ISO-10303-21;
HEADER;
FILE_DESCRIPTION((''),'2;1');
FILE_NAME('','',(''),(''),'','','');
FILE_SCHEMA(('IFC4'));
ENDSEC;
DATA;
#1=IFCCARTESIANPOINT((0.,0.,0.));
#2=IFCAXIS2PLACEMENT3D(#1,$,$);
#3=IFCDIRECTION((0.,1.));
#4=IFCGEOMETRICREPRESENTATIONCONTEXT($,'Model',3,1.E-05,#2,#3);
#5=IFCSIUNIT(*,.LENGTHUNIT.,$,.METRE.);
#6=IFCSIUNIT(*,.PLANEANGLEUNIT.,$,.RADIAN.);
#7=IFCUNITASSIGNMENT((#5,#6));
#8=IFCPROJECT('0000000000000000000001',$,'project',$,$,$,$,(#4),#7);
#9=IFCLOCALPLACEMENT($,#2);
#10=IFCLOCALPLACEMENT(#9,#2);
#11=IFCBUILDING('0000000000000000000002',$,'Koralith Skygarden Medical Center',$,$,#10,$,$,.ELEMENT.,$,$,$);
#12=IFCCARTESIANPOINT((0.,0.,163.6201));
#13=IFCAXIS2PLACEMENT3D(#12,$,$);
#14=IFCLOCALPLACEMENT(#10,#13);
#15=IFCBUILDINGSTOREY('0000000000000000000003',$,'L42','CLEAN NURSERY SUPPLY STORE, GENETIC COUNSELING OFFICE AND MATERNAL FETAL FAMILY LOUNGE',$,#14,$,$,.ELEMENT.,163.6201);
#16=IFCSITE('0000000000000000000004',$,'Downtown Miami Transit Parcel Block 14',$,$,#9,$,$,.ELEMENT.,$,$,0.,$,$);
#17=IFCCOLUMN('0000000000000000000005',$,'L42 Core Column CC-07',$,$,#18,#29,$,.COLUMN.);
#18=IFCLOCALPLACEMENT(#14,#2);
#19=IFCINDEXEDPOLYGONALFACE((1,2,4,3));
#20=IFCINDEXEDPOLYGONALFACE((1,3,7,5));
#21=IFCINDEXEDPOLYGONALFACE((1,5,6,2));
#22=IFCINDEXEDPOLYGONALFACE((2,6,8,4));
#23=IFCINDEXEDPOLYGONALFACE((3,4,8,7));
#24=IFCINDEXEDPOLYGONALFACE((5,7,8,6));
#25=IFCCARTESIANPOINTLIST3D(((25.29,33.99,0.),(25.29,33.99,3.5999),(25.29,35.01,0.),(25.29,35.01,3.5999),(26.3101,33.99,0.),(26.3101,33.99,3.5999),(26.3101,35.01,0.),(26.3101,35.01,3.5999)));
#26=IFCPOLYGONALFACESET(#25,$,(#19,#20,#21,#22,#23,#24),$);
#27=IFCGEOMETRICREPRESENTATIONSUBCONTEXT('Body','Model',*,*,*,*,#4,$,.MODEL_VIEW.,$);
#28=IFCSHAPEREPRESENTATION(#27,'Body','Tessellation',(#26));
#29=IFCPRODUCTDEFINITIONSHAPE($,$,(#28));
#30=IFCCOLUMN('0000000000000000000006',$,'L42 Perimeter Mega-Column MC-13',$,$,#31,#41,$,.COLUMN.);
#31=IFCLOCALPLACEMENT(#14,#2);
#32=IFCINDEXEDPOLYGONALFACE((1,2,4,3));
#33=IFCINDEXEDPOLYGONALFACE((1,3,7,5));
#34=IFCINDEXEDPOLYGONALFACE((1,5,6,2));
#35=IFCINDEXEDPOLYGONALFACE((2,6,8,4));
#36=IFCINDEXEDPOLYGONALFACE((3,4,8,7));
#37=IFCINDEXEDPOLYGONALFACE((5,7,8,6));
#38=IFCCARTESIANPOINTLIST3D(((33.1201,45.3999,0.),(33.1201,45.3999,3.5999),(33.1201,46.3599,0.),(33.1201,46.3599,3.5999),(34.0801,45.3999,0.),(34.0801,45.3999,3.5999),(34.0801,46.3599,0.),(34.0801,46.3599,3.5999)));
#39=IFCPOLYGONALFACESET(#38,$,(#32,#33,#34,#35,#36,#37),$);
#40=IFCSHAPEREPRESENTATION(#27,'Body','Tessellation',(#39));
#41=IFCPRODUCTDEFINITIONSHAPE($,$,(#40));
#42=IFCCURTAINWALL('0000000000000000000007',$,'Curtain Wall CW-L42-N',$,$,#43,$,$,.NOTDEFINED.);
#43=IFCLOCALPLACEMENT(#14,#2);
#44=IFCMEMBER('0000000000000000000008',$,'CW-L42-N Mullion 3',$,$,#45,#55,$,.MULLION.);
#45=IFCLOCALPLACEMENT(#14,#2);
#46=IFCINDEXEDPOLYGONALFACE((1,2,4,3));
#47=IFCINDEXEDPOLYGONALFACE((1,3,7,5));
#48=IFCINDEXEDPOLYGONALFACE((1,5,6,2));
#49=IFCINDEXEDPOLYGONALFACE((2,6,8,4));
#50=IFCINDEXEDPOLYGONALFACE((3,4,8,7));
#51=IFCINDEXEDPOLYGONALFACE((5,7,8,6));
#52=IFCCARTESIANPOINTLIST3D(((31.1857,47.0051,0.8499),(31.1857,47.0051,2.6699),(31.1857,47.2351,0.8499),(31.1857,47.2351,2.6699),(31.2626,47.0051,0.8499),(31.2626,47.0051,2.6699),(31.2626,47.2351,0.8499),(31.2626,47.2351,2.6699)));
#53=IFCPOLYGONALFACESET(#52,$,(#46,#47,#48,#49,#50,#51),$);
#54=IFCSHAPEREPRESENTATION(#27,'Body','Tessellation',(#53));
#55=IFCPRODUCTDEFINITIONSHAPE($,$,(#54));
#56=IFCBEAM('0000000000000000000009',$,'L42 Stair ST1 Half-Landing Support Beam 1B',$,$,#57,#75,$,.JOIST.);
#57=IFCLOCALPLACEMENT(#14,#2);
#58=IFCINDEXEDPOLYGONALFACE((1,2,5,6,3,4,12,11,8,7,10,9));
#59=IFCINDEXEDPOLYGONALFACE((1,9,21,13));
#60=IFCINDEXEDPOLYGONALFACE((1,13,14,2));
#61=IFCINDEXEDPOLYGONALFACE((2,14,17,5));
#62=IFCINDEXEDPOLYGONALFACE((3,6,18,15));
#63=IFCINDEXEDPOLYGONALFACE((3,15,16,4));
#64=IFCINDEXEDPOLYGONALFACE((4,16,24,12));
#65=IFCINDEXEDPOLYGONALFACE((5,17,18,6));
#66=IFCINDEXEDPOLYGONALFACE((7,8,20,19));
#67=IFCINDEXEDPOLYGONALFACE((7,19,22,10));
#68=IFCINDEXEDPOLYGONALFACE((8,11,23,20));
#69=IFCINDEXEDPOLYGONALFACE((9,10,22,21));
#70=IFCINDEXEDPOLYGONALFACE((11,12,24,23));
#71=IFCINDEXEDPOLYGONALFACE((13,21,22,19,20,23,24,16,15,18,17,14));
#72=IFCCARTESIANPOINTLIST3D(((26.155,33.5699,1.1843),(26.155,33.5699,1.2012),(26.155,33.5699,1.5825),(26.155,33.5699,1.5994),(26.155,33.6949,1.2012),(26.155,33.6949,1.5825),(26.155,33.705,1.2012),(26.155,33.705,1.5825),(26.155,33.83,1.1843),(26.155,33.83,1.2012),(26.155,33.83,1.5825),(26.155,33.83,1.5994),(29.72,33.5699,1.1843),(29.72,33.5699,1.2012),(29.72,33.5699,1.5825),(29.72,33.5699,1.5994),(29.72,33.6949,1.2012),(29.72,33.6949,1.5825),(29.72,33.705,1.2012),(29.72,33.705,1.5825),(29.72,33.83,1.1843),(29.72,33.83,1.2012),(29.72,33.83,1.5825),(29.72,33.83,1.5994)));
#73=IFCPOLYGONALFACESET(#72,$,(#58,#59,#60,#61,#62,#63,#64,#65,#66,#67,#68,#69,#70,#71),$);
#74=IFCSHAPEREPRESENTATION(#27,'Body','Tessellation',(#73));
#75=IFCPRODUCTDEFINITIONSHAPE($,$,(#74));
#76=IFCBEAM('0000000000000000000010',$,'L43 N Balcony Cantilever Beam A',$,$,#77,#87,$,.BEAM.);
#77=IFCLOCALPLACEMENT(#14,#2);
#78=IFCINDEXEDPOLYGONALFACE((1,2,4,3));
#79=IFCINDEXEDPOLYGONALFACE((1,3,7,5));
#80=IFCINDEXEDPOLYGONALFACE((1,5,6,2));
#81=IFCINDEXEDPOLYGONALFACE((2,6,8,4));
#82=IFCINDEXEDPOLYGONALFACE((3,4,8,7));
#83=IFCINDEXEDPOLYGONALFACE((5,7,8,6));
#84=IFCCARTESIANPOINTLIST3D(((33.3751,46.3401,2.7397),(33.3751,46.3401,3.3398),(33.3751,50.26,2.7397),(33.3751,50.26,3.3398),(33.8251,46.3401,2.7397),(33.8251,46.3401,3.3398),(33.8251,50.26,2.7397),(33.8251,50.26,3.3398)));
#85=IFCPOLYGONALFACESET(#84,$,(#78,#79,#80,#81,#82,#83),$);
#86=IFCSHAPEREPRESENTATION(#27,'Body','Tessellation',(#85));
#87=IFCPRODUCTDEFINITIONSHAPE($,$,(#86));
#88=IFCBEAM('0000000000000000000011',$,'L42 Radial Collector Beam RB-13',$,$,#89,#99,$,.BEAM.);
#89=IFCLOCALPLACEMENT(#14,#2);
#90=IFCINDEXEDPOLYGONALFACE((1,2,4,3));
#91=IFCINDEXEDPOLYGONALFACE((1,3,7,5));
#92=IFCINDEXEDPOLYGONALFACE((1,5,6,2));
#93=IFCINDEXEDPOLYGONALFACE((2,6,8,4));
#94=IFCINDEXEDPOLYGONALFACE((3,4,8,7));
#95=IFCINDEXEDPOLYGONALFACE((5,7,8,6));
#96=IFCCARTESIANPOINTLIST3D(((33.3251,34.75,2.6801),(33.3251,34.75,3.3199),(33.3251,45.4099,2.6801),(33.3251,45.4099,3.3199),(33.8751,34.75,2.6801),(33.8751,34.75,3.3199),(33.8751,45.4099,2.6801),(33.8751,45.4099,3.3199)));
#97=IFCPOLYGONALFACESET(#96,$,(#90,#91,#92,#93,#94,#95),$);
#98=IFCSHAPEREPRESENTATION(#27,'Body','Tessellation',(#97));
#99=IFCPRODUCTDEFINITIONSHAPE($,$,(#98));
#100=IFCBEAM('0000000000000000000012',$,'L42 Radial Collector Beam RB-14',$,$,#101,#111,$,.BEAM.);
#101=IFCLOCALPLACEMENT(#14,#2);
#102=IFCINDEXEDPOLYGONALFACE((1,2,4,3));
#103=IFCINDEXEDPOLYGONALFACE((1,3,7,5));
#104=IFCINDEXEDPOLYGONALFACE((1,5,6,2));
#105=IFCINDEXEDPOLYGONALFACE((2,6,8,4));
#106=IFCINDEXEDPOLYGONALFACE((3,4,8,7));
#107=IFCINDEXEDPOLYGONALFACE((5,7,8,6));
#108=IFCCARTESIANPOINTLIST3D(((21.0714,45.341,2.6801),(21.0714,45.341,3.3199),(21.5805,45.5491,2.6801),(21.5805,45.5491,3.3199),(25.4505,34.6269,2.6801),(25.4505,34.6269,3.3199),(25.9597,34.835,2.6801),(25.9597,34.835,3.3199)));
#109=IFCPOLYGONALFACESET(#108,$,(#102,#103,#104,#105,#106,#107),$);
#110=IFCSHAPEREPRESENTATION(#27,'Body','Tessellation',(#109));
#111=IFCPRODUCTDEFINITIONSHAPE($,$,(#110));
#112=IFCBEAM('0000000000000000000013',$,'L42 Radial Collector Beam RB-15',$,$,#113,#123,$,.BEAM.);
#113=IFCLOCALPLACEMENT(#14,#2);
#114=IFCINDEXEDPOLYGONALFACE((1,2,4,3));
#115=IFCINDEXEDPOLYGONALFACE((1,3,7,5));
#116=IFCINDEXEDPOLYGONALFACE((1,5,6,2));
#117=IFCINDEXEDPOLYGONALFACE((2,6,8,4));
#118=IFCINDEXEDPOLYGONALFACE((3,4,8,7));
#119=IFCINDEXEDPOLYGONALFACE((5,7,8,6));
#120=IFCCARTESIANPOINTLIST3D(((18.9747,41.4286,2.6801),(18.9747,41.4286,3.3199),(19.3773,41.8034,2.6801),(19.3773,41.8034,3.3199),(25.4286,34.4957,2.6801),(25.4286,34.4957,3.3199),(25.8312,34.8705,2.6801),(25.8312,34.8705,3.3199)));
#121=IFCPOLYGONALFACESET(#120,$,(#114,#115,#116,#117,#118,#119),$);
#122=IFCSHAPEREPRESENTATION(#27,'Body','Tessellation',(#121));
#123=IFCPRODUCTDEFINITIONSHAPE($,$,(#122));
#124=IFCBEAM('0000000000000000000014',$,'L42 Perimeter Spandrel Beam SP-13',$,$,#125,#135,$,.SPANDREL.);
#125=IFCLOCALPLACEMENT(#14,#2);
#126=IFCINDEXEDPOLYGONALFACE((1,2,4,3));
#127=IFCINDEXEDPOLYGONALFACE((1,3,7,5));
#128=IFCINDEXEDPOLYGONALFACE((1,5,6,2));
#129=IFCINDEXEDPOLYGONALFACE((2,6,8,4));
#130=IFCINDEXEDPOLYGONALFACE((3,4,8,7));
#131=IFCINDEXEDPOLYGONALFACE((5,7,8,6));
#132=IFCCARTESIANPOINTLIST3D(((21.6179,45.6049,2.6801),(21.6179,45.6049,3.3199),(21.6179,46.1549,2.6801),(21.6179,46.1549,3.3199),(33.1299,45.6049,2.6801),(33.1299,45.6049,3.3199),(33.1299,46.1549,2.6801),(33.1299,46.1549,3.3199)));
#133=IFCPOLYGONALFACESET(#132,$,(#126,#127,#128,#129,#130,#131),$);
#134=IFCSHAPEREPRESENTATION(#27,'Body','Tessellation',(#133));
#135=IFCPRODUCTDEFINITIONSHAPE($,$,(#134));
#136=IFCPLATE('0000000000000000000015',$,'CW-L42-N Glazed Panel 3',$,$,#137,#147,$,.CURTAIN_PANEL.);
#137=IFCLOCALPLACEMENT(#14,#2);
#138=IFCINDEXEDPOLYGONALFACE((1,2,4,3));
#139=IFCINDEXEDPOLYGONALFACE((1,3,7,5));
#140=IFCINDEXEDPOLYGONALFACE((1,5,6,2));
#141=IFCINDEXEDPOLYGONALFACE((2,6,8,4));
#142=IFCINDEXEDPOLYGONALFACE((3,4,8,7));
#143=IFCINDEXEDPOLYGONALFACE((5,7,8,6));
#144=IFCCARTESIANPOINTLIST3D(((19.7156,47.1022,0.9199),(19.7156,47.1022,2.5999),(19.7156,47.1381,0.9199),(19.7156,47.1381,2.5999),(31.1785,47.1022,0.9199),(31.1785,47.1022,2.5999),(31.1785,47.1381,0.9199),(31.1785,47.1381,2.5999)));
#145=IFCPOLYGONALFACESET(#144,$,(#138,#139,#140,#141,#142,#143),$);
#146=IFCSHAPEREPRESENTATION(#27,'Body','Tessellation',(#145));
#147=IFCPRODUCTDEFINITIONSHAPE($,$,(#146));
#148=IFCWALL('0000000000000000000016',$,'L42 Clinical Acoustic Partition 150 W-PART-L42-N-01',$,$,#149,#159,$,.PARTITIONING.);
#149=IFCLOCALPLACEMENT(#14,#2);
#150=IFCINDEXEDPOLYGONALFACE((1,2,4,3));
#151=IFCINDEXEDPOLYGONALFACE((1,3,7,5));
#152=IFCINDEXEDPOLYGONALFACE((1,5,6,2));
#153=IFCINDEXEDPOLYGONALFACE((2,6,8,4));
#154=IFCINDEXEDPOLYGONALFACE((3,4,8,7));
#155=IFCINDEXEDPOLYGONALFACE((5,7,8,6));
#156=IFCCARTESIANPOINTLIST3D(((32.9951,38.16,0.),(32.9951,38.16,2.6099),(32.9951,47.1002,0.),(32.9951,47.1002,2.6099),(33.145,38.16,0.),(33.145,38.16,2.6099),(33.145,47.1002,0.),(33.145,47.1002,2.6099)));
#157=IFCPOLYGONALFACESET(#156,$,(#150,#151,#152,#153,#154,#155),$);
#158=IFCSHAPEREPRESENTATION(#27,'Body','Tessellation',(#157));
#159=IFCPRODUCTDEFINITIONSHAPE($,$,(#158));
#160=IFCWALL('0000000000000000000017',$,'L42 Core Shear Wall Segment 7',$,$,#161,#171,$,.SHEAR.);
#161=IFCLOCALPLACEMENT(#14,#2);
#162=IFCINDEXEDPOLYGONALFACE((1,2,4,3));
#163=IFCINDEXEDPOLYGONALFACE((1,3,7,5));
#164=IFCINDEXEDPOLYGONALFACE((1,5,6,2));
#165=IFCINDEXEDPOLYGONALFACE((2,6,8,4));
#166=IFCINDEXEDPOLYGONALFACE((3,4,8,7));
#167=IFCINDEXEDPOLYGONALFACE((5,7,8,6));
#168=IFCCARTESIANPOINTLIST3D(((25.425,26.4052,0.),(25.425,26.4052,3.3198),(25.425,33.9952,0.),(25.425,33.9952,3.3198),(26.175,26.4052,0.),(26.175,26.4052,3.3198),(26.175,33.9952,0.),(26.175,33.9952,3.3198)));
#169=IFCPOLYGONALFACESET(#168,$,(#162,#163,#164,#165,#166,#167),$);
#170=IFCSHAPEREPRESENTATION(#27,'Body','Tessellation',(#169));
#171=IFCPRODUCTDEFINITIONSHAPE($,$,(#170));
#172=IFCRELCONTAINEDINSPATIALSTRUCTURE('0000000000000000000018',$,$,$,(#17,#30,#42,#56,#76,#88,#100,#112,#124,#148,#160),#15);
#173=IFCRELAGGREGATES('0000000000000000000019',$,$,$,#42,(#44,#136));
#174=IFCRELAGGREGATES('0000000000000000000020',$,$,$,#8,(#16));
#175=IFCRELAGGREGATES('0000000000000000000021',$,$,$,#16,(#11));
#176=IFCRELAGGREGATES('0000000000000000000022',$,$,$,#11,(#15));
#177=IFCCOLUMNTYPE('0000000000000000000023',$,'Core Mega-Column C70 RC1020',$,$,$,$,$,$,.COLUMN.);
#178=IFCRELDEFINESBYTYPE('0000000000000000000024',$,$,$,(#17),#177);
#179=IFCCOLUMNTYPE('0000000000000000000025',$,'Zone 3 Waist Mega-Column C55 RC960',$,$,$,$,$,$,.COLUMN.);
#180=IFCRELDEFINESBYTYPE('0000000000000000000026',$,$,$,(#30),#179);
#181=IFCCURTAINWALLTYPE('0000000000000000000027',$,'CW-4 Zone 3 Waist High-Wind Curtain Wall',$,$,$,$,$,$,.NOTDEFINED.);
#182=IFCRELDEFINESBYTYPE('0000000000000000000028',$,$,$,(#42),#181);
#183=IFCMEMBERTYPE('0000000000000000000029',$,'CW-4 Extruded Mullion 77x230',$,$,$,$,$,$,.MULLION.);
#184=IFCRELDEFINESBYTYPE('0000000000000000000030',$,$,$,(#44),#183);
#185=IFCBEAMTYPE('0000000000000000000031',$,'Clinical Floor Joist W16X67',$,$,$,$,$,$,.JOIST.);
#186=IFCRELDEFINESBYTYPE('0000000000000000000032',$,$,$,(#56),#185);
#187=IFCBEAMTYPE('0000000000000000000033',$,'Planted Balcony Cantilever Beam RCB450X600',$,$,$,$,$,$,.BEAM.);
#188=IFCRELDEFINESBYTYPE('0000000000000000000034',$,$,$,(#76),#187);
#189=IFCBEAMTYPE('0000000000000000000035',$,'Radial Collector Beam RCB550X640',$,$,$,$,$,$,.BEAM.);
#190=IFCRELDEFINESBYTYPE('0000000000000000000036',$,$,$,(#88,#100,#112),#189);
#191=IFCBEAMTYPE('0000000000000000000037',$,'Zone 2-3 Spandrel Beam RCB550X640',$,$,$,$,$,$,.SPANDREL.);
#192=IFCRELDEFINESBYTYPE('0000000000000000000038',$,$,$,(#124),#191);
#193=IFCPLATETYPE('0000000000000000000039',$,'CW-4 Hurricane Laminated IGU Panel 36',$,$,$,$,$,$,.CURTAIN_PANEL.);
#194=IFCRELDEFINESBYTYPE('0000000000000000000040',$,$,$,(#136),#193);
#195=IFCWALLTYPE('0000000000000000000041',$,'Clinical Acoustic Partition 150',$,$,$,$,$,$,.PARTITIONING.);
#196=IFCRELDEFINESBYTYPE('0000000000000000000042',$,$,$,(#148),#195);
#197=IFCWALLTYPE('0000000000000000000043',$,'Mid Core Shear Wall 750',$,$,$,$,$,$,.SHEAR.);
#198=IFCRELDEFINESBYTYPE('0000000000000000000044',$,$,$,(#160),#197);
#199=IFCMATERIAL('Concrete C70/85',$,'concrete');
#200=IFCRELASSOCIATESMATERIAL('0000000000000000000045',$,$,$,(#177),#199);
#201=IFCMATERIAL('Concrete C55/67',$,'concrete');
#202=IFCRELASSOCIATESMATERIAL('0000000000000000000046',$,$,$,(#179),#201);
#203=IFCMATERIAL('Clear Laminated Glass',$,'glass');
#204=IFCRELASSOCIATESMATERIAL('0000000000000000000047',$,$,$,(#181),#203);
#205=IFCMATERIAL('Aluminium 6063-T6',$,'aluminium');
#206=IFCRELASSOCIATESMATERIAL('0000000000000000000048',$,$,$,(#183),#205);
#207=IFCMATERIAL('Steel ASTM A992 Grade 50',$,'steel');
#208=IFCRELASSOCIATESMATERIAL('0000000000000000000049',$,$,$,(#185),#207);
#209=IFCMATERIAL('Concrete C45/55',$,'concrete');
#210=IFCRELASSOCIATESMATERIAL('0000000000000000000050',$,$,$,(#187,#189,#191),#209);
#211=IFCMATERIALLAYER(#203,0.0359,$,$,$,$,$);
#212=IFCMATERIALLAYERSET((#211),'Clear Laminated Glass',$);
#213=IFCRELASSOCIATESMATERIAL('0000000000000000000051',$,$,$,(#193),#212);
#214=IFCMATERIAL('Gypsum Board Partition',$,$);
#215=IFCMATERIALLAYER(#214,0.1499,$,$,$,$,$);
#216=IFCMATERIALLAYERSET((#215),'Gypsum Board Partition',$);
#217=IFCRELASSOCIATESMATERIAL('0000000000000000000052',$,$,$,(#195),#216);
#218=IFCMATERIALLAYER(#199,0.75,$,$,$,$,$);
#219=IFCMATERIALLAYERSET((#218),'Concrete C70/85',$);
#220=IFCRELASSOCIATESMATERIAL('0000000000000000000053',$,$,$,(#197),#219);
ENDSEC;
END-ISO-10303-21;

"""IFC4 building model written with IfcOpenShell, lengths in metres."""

from ifc_helpers import new_model, si_unit, direction, frame, frame_2d, origin, origin_2d, place, context, subcontext, project, spatial, rectangle, i_section, extrude, material, layer, layer_set, material_profile, profile_set, type_object, element, aggregate, save


model = new_model("IFC4")

# Units and contexts
model_context = context("Model", 3, precision=1e-05, world=origin(), true_north=direction((0.0, 1.0)))
body_context = subcontext(model_context, "Body", "Model", "MODEL_VIEW")
ifc_project = project(units=[si_unit("LENGTHUNIT", "METRE"), si_unit("PLANEANGLEUNIT", "RADIAN")], contexts=[model_context])

# Site, building, storey
site_placement = place(None, origin())
site = spatial("IfcSite", under=ifc_project, at=site_placement, Name="Downtown Miami Transit Parcel Block 14", CompositionType="ELEMENT", RefElevation=0.0)
building_placement = place(site_placement, origin())
building = spatial("IfcBuilding", under=site, at=building_placement, Name="Koralith Skygarden Medical Center", CompositionType="ELEMENT")
storey_placement = place(building_placement, frame((0.0, 0.0, 163.6201)))
storey = spatial("IfcBuildingStorey", under=building, at=storey_placement, Name="L42", Description="CLEAN NURSERY SUPPLY STORE, GENETIC COUNSELING OFFICE AND MATERNAL FETAL FAMILY LOUNGE", CompositionType="ELEMENT", Elevation=163.6201)

# Columns
ifc_material_1 = material(Name="Concrete C70/85", Category="concrete")
ifc_material_profile_1 = material_profile(ifc_material_1, rectangle(XDim=1.02, YDim=1.02, at=origin_2d()), Name="RC1020X1020")
ifc_profile_set_1 = profile_set([ifc_material_profile_1], Name="Concrete C70/85")
column_type_1 = type_object("IfcColumnType", Name="Core Mega-Column C70 RC1020", PredefinedType="COLUMN", material=ifc_profile_set_1)
column_1_placement = place(storey_placement, frame((25.8, 34.5, 0.0), z_axis=(0.0, 0.0, 1.0), x_axis=(1.0, 0.0, 0.0)))
element("IfcColumn", 1, at=column_1_placement, inside=storey, type_object=column_type_1, Name="L42 Core Column CC-07", PredefinedType="COLUMN", context=body_context, shape_type="SweptSolid", body=[
    extrude(rectangle(XDim=1.02, YDim=1.02, at=origin_2d()), origin(), (0.0, 0.0, 1.0), 3.5999),
])
ifc_material_2 = material(Name="Concrete C55/67", Category="concrete")
ifc_material_profile_2 = material_profile(ifc_material_2, rectangle(XDim=0.96, YDim=0.96, at=origin_2d()), Name="RC960X960")
ifc_profile_set_2 = profile_set([ifc_material_profile_2], Name="Concrete C55/67")
column_type_2 = type_object("IfcColumnType", Name="Zone 3 Waist Mega-Column C55 RC960", PredefinedType="COLUMN", material=ifc_profile_set_2)
column_2_placement = place(storey_placement, frame((33.6001, 45.8799, 0.0), z_axis=(0.0, 0.0, 1.0), x_axis=(1.0, 0.0, 0.0)))
element("IfcColumn", 2, at=column_2_placement, inside=storey, type_object=column_type_2, Name="L42 Perimeter Mega-Column MC-13", PredefinedType="COLUMN", context=body_context, shape_type="SweptSolid", body=[
    extrude(rectangle(XDim=0.96, YDim=0.96, at=origin_2d()), origin(), (0.0, 0.0, 1.0), 3.5999),
])

# Curtain wall, member
ifc_material_3 = material(Name="Clear Laminated Glass", Category="glass")
curtain_wall_type = type_object("IfcCurtainWallType", Name="CW-4 Zone 3 Waist High-Wind Curtain Wall", PredefinedType="NOTDEFINED", material=ifc_material_3)
curtain_wall_placement = place(storey_placement, origin())
curtain_wall = element("IfcCurtainWall", 3, at=curtain_wall_placement, inside=storey, type_object=curtain_wall_type, Name="Curtain Wall CW-L42-N", PredefinedType="NOTDEFINED")
ifc_material_4 = material(Name="Aluminium 6063-T6", Category="aluminium")
ifc_material_profile_3 = material_profile(ifc_material_4, rectangle(XDim=0.0769, YDim=0.23, at=origin_2d()), Name="MUL77X230")
ifc_profile_set_3 = profile_set([ifc_material_profile_3], Name="Aluminium 6063-T6")
member_type = type_object("IfcMemberType", Name="CW-4 Extruded Mullion 77x230", PredefinedType="MULLION", material=ifc_profile_set_3)
member_placement = place(storey_placement, frame((31.2241, 47.1201, 0.8499), z_axis=(0.0, 0.0, 1.0), x_axis=(1.0, 0.0, 0.0)))
member = element("IfcMember", 4, at=member_placement, type_object=member_type, Name="CW-L42-N Mullion 3", PredefinedType="MULLION", context=body_context, shape_type="SweptSolid", body=[
    extrude(rectangle(XDim=0.0769, YDim=0.23, at=origin_2d()), origin(), (0.0, 0.0, 1.0), 1.8201),
])

# Beams
ifc_material_5 = material(Name="Steel ASTM A992 Grade 50", Category="steel")
ifc_material_profile_4 = material_profile(ifc_material_5, i_section(OverallWidth=0.26, OverallDepth=0.415, WebThickness=0.01, FlangeThickness=0.0168, at=origin_2d()), Name="W16X67")
ifc_profile_set_4 = profile_set([ifc_material_profile_4], Name="Steel ASTM A992 Grade 50")
beam_type_1 = type_object("IfcBeamType", Name="Clinical Floor Joist W16X67", PredefinedType="JOIST", material=ifc_profile_set_4)
beam_1_placement = place(storey_placement, frame((26.155, 33.7, 1.3918), z_axis=(1.0, 0.0, 0.0), x_axis=(0.0, 1.0, 0.0)))
element("IfcBeam", 5, at=beam_1_placement, inside=storey, type_object=beam_type_1, Name="L42 Stair ST1 Half-Landing Support Beam 1B", PredefinedType="JOIST", context=body_context, shape_type="SweptSolid", body=[
    extrude(i_section(OverallWidth=0.26, OverallDepth=0.415, WebThickness=0.01, FlangeThickness=0.0168, at=origin_2d()), origin(), (0.0, 0.0, 1.0), 3.5649),
])
ifc_material_6 = material(Name="Concrete C45/55", Category="concrete")
ifc_material_profile_5 = material_profile(ifc_material_6, rectangle(XDim=0.45, YDim=0.6001, at=origin_2d()), Name="RCB450X600")
ifc_profile_set_5 = profile_set([ifc_material_profile_5], Name="Concrete C45/55")
beam_type_2 = type_object("IfcBeamType", Name="Planted Balcony Cantilever Beam RCB450X600", PredefinedType="BEAM", material=ifc_profile_set_5)
beam_2_placement = place(storey_placement, frame((33.6001, 46.3401, 3.0398), z_axis=(0.0, 1.0, 0.0), x_axis=(-1.0, 0.0, 0.0)))
element("IfcBeam", 6, at=beam_2_placement, inside=storey, type_object=beam_type_2, Name="L43 N Balcony Cantilever Beam A", PredefinedType="BEAM", context=body_context, shape_type="SweptSolid", body=[
    extrude(rectangle(XDim=0.45, YDim=0.6001, at=origin_2d()), origin(), (0.0, 0.0, 1.0), 3.9199),
])
ifc_material_profile_6 = material_profile(ifc_material_6, rectangle(XDim=0.55, YDim=0.6399, at=origin_2d()), Name="RCB550X640")
ifc_profile_set_6 = profile_set([ifc_material_profile_6], Name="Concrete C45/55")
beam_type_3 = type_object("IfcBeamType", Name="Radial Collector Beam RCB550X640", PredefinedType="BEAM", material=ifc_profile_set_6)
beam_3_placement = place(storey_placement, frame((33.6001, 34.75, 3.0), z_axis=(0.0, 1.0, 0.0), x_axis=(-1.0, 0.0, 0.0)))
element("IfcBeam", 7, at=beam_3_placement, inside=storey, type_object=beam_type_3, Name="L42 Radial Collector Beam RB-13", PredefinedType="BEAM", context=body_context, shape_type="SweptSolid", body=[
    extrude(rectangle(XDim=0.55, YDim=0.6399, at=origin_2d()), origin(), (0.0, 0.0, 1.0), 10.6599),
])
beam_4_placement = place(storey_placement, frame((25.7051, 34.731, 3.0), z_axis=(-0.378345, 0.925665, 0.0), x_axis=(-0.925665, -0.378345, 0.0)))
element("IfcBeam", 8, at=beam_4_placement, inside=storey, type_object=beam_type_3, Name="L42 Radial Collector Beam RB-14", PredefinedType="BEAM", context=body_context, shape_type="SweptSolid", body=[
    extrude(rectangle(XDim=0.55, YDim=0.6399, at=origin_2d()), origin(), (0.0, 0.0, 1.0), 11.5745),
])
beam_5_placement = place(storey_placement, frame((25.6299, 34.6831, 3.0), z_axis=(-0.681369, 0.73194, 0.0), x_axis=(-0.73194, -0.681369, 0.0)))
element("IfcBeam", 9, at=beam_5_placement, inside=storey, type_object=beam_type_3, Name="L42 Radial Collector Beam RB-15", PredefinedType="BEAM", context=body_context, shape_type="SweptSolid", body=[
    extrude(rectangle(XDim=0.55, YDim=0.6399, at=origin_2d()), origin(), (0.0, 0.0, 1.0), 9.4719),
])
ifc_material_profile_7 = material_profile(ifc_material_6, rectangle(XDim=0.55, YDim=0.6399, at=origin_2d()), Name="RCB550X640")
ifc_profile_set_7 = profile_set([ifc_material_profile_7], Name="Concrete C45/55")
beam_type_4 = type_object("IfcBeamType", Name="Zone 2-3 Spandrel Beam RCB550X640", PredefinedType="SPANDREL", material=ifc_profile_set_7)
beam_6_placement = place(storey_placement, frame((33.1299, 45.8799, 3.0), z_axis=(-1.0, 0.0, 0.0), x_axis=(0.0, -1.0, 0.0)))
element("IfcBeam", 10, at=beam_6_placement, inside=storey, type_object=beam_type_4, Name="L42 Perimeter Spandrel Beam SP-13", PredefinedType="SPANDREL", context=body_context, shape_type="SweptSolid", body=[
    extrude(rectangle(XDim=0.55, YDim=0.6399, at=origin_2d()), origin(), (0.0, 0.0, 1.0), 11.512),
])

# Plate
ifc_layer_1 = layer(ifc_material_3, 0.0359)
ifc_layer_set_1 = layer_set([ifc_layer_1], Name="Clear Laminated Glass")
plate_type = type_object("IfcPlateType", Name="CW-4 Hurricane Laminated IGU Panel 36", PredefinedType="CURTAIN_PANEL", material=ifc_layer_set_1)
plate_placement = place(storey_placement, frame((25.447, 47.1201, 0.9199), z_axis=(0.0, 0.0, 1.0), x_axis=(-1.0, 0.0, 0.0)))
plate = element("IfcPlate", 11, at=plate_placement, type_object=plate_type, Name="CW-L42-N Glazed Panel 3", PredefinedType="CURTAIN_PANEL", context=body_context, shape_type="SweptSolid", body=[
    extrude(rectangle(XDim=11.4629, YDim=0.0359, at=origin_2d()), origin(), (0.0, 0.0, 1.0), 1.6799),
])
aggregate(curtain_wall, [member, plate])

# Wall
ifc_material_7 = material(Name="Gypsum Board Partition")
ifc_layer_2 = layer(ifc_material_7, 0.1499)
ifc_layer_set_2 = layer_set([ifc_layer_2], Name="Gypsum Board Partition")
wall_type_1 = type_object("IfcWallType", Name="Clinical Acoustic Partition 150", PredefinedType="PARTITIONING", material=ifc_layer_set_2)
wall_1_placement = place(storey_placement, frame((33.0701, 38.1599, 0.0), z_axis=(0.0, 0.0, 1.0), x_axis=(0.0, 1.0, 0.0)))
element("IfcWall", 12, at=wall_1_placement, inside=storey, type_object=wall_type_1, Name="L42 Clinical Acoustic Partition 150 W-PART-L42-N-01", PredefinedType="PARTITIONING", context=body_context, shape_type="SweptSolid", body=[
    extrude(rectangle(XDim=8.9402, YDim=0.1499, at=frame_2d((4.4702, 0.0))), origin(), (0.0, 0.0, 1.0), 2.6099),
])

# Wall
ifc_layer_3 = layer(ifc_material_1, 0.75)
ifc_layer_set_3 = layer_set([ifc_layer_3], Name="Concrete C70/85")
wall_type_2 = type_object("IfcWallType", Name="Mid Core Shear Wall 750", PredefinedType="SHEAR", material=ifc_layer_set_3)
wall_2_placement = place(storey_placement, frame((25.8, 33.9951, 0.0), z_axis=(0.0, 0.0, 1.0), x_axis=(0.0, -1.0, 0.0)))
element("IfcWall", 13, at=wall_2_placement, inside=storey, type_object=wall_type_2, Name="L42 Core Shear Wall Segment 7", PredefinedType="SHEAR", context=body_context, shape_type="SweptSolid", body=[
    extrude(rectangle(XDim=7.5901, YDim=0.75, at=frame_2d((3.7949, 0.0))), origin(), (0.0, 0.0, 1.0), 3.3198),
])

save(model, "model.ifc")
